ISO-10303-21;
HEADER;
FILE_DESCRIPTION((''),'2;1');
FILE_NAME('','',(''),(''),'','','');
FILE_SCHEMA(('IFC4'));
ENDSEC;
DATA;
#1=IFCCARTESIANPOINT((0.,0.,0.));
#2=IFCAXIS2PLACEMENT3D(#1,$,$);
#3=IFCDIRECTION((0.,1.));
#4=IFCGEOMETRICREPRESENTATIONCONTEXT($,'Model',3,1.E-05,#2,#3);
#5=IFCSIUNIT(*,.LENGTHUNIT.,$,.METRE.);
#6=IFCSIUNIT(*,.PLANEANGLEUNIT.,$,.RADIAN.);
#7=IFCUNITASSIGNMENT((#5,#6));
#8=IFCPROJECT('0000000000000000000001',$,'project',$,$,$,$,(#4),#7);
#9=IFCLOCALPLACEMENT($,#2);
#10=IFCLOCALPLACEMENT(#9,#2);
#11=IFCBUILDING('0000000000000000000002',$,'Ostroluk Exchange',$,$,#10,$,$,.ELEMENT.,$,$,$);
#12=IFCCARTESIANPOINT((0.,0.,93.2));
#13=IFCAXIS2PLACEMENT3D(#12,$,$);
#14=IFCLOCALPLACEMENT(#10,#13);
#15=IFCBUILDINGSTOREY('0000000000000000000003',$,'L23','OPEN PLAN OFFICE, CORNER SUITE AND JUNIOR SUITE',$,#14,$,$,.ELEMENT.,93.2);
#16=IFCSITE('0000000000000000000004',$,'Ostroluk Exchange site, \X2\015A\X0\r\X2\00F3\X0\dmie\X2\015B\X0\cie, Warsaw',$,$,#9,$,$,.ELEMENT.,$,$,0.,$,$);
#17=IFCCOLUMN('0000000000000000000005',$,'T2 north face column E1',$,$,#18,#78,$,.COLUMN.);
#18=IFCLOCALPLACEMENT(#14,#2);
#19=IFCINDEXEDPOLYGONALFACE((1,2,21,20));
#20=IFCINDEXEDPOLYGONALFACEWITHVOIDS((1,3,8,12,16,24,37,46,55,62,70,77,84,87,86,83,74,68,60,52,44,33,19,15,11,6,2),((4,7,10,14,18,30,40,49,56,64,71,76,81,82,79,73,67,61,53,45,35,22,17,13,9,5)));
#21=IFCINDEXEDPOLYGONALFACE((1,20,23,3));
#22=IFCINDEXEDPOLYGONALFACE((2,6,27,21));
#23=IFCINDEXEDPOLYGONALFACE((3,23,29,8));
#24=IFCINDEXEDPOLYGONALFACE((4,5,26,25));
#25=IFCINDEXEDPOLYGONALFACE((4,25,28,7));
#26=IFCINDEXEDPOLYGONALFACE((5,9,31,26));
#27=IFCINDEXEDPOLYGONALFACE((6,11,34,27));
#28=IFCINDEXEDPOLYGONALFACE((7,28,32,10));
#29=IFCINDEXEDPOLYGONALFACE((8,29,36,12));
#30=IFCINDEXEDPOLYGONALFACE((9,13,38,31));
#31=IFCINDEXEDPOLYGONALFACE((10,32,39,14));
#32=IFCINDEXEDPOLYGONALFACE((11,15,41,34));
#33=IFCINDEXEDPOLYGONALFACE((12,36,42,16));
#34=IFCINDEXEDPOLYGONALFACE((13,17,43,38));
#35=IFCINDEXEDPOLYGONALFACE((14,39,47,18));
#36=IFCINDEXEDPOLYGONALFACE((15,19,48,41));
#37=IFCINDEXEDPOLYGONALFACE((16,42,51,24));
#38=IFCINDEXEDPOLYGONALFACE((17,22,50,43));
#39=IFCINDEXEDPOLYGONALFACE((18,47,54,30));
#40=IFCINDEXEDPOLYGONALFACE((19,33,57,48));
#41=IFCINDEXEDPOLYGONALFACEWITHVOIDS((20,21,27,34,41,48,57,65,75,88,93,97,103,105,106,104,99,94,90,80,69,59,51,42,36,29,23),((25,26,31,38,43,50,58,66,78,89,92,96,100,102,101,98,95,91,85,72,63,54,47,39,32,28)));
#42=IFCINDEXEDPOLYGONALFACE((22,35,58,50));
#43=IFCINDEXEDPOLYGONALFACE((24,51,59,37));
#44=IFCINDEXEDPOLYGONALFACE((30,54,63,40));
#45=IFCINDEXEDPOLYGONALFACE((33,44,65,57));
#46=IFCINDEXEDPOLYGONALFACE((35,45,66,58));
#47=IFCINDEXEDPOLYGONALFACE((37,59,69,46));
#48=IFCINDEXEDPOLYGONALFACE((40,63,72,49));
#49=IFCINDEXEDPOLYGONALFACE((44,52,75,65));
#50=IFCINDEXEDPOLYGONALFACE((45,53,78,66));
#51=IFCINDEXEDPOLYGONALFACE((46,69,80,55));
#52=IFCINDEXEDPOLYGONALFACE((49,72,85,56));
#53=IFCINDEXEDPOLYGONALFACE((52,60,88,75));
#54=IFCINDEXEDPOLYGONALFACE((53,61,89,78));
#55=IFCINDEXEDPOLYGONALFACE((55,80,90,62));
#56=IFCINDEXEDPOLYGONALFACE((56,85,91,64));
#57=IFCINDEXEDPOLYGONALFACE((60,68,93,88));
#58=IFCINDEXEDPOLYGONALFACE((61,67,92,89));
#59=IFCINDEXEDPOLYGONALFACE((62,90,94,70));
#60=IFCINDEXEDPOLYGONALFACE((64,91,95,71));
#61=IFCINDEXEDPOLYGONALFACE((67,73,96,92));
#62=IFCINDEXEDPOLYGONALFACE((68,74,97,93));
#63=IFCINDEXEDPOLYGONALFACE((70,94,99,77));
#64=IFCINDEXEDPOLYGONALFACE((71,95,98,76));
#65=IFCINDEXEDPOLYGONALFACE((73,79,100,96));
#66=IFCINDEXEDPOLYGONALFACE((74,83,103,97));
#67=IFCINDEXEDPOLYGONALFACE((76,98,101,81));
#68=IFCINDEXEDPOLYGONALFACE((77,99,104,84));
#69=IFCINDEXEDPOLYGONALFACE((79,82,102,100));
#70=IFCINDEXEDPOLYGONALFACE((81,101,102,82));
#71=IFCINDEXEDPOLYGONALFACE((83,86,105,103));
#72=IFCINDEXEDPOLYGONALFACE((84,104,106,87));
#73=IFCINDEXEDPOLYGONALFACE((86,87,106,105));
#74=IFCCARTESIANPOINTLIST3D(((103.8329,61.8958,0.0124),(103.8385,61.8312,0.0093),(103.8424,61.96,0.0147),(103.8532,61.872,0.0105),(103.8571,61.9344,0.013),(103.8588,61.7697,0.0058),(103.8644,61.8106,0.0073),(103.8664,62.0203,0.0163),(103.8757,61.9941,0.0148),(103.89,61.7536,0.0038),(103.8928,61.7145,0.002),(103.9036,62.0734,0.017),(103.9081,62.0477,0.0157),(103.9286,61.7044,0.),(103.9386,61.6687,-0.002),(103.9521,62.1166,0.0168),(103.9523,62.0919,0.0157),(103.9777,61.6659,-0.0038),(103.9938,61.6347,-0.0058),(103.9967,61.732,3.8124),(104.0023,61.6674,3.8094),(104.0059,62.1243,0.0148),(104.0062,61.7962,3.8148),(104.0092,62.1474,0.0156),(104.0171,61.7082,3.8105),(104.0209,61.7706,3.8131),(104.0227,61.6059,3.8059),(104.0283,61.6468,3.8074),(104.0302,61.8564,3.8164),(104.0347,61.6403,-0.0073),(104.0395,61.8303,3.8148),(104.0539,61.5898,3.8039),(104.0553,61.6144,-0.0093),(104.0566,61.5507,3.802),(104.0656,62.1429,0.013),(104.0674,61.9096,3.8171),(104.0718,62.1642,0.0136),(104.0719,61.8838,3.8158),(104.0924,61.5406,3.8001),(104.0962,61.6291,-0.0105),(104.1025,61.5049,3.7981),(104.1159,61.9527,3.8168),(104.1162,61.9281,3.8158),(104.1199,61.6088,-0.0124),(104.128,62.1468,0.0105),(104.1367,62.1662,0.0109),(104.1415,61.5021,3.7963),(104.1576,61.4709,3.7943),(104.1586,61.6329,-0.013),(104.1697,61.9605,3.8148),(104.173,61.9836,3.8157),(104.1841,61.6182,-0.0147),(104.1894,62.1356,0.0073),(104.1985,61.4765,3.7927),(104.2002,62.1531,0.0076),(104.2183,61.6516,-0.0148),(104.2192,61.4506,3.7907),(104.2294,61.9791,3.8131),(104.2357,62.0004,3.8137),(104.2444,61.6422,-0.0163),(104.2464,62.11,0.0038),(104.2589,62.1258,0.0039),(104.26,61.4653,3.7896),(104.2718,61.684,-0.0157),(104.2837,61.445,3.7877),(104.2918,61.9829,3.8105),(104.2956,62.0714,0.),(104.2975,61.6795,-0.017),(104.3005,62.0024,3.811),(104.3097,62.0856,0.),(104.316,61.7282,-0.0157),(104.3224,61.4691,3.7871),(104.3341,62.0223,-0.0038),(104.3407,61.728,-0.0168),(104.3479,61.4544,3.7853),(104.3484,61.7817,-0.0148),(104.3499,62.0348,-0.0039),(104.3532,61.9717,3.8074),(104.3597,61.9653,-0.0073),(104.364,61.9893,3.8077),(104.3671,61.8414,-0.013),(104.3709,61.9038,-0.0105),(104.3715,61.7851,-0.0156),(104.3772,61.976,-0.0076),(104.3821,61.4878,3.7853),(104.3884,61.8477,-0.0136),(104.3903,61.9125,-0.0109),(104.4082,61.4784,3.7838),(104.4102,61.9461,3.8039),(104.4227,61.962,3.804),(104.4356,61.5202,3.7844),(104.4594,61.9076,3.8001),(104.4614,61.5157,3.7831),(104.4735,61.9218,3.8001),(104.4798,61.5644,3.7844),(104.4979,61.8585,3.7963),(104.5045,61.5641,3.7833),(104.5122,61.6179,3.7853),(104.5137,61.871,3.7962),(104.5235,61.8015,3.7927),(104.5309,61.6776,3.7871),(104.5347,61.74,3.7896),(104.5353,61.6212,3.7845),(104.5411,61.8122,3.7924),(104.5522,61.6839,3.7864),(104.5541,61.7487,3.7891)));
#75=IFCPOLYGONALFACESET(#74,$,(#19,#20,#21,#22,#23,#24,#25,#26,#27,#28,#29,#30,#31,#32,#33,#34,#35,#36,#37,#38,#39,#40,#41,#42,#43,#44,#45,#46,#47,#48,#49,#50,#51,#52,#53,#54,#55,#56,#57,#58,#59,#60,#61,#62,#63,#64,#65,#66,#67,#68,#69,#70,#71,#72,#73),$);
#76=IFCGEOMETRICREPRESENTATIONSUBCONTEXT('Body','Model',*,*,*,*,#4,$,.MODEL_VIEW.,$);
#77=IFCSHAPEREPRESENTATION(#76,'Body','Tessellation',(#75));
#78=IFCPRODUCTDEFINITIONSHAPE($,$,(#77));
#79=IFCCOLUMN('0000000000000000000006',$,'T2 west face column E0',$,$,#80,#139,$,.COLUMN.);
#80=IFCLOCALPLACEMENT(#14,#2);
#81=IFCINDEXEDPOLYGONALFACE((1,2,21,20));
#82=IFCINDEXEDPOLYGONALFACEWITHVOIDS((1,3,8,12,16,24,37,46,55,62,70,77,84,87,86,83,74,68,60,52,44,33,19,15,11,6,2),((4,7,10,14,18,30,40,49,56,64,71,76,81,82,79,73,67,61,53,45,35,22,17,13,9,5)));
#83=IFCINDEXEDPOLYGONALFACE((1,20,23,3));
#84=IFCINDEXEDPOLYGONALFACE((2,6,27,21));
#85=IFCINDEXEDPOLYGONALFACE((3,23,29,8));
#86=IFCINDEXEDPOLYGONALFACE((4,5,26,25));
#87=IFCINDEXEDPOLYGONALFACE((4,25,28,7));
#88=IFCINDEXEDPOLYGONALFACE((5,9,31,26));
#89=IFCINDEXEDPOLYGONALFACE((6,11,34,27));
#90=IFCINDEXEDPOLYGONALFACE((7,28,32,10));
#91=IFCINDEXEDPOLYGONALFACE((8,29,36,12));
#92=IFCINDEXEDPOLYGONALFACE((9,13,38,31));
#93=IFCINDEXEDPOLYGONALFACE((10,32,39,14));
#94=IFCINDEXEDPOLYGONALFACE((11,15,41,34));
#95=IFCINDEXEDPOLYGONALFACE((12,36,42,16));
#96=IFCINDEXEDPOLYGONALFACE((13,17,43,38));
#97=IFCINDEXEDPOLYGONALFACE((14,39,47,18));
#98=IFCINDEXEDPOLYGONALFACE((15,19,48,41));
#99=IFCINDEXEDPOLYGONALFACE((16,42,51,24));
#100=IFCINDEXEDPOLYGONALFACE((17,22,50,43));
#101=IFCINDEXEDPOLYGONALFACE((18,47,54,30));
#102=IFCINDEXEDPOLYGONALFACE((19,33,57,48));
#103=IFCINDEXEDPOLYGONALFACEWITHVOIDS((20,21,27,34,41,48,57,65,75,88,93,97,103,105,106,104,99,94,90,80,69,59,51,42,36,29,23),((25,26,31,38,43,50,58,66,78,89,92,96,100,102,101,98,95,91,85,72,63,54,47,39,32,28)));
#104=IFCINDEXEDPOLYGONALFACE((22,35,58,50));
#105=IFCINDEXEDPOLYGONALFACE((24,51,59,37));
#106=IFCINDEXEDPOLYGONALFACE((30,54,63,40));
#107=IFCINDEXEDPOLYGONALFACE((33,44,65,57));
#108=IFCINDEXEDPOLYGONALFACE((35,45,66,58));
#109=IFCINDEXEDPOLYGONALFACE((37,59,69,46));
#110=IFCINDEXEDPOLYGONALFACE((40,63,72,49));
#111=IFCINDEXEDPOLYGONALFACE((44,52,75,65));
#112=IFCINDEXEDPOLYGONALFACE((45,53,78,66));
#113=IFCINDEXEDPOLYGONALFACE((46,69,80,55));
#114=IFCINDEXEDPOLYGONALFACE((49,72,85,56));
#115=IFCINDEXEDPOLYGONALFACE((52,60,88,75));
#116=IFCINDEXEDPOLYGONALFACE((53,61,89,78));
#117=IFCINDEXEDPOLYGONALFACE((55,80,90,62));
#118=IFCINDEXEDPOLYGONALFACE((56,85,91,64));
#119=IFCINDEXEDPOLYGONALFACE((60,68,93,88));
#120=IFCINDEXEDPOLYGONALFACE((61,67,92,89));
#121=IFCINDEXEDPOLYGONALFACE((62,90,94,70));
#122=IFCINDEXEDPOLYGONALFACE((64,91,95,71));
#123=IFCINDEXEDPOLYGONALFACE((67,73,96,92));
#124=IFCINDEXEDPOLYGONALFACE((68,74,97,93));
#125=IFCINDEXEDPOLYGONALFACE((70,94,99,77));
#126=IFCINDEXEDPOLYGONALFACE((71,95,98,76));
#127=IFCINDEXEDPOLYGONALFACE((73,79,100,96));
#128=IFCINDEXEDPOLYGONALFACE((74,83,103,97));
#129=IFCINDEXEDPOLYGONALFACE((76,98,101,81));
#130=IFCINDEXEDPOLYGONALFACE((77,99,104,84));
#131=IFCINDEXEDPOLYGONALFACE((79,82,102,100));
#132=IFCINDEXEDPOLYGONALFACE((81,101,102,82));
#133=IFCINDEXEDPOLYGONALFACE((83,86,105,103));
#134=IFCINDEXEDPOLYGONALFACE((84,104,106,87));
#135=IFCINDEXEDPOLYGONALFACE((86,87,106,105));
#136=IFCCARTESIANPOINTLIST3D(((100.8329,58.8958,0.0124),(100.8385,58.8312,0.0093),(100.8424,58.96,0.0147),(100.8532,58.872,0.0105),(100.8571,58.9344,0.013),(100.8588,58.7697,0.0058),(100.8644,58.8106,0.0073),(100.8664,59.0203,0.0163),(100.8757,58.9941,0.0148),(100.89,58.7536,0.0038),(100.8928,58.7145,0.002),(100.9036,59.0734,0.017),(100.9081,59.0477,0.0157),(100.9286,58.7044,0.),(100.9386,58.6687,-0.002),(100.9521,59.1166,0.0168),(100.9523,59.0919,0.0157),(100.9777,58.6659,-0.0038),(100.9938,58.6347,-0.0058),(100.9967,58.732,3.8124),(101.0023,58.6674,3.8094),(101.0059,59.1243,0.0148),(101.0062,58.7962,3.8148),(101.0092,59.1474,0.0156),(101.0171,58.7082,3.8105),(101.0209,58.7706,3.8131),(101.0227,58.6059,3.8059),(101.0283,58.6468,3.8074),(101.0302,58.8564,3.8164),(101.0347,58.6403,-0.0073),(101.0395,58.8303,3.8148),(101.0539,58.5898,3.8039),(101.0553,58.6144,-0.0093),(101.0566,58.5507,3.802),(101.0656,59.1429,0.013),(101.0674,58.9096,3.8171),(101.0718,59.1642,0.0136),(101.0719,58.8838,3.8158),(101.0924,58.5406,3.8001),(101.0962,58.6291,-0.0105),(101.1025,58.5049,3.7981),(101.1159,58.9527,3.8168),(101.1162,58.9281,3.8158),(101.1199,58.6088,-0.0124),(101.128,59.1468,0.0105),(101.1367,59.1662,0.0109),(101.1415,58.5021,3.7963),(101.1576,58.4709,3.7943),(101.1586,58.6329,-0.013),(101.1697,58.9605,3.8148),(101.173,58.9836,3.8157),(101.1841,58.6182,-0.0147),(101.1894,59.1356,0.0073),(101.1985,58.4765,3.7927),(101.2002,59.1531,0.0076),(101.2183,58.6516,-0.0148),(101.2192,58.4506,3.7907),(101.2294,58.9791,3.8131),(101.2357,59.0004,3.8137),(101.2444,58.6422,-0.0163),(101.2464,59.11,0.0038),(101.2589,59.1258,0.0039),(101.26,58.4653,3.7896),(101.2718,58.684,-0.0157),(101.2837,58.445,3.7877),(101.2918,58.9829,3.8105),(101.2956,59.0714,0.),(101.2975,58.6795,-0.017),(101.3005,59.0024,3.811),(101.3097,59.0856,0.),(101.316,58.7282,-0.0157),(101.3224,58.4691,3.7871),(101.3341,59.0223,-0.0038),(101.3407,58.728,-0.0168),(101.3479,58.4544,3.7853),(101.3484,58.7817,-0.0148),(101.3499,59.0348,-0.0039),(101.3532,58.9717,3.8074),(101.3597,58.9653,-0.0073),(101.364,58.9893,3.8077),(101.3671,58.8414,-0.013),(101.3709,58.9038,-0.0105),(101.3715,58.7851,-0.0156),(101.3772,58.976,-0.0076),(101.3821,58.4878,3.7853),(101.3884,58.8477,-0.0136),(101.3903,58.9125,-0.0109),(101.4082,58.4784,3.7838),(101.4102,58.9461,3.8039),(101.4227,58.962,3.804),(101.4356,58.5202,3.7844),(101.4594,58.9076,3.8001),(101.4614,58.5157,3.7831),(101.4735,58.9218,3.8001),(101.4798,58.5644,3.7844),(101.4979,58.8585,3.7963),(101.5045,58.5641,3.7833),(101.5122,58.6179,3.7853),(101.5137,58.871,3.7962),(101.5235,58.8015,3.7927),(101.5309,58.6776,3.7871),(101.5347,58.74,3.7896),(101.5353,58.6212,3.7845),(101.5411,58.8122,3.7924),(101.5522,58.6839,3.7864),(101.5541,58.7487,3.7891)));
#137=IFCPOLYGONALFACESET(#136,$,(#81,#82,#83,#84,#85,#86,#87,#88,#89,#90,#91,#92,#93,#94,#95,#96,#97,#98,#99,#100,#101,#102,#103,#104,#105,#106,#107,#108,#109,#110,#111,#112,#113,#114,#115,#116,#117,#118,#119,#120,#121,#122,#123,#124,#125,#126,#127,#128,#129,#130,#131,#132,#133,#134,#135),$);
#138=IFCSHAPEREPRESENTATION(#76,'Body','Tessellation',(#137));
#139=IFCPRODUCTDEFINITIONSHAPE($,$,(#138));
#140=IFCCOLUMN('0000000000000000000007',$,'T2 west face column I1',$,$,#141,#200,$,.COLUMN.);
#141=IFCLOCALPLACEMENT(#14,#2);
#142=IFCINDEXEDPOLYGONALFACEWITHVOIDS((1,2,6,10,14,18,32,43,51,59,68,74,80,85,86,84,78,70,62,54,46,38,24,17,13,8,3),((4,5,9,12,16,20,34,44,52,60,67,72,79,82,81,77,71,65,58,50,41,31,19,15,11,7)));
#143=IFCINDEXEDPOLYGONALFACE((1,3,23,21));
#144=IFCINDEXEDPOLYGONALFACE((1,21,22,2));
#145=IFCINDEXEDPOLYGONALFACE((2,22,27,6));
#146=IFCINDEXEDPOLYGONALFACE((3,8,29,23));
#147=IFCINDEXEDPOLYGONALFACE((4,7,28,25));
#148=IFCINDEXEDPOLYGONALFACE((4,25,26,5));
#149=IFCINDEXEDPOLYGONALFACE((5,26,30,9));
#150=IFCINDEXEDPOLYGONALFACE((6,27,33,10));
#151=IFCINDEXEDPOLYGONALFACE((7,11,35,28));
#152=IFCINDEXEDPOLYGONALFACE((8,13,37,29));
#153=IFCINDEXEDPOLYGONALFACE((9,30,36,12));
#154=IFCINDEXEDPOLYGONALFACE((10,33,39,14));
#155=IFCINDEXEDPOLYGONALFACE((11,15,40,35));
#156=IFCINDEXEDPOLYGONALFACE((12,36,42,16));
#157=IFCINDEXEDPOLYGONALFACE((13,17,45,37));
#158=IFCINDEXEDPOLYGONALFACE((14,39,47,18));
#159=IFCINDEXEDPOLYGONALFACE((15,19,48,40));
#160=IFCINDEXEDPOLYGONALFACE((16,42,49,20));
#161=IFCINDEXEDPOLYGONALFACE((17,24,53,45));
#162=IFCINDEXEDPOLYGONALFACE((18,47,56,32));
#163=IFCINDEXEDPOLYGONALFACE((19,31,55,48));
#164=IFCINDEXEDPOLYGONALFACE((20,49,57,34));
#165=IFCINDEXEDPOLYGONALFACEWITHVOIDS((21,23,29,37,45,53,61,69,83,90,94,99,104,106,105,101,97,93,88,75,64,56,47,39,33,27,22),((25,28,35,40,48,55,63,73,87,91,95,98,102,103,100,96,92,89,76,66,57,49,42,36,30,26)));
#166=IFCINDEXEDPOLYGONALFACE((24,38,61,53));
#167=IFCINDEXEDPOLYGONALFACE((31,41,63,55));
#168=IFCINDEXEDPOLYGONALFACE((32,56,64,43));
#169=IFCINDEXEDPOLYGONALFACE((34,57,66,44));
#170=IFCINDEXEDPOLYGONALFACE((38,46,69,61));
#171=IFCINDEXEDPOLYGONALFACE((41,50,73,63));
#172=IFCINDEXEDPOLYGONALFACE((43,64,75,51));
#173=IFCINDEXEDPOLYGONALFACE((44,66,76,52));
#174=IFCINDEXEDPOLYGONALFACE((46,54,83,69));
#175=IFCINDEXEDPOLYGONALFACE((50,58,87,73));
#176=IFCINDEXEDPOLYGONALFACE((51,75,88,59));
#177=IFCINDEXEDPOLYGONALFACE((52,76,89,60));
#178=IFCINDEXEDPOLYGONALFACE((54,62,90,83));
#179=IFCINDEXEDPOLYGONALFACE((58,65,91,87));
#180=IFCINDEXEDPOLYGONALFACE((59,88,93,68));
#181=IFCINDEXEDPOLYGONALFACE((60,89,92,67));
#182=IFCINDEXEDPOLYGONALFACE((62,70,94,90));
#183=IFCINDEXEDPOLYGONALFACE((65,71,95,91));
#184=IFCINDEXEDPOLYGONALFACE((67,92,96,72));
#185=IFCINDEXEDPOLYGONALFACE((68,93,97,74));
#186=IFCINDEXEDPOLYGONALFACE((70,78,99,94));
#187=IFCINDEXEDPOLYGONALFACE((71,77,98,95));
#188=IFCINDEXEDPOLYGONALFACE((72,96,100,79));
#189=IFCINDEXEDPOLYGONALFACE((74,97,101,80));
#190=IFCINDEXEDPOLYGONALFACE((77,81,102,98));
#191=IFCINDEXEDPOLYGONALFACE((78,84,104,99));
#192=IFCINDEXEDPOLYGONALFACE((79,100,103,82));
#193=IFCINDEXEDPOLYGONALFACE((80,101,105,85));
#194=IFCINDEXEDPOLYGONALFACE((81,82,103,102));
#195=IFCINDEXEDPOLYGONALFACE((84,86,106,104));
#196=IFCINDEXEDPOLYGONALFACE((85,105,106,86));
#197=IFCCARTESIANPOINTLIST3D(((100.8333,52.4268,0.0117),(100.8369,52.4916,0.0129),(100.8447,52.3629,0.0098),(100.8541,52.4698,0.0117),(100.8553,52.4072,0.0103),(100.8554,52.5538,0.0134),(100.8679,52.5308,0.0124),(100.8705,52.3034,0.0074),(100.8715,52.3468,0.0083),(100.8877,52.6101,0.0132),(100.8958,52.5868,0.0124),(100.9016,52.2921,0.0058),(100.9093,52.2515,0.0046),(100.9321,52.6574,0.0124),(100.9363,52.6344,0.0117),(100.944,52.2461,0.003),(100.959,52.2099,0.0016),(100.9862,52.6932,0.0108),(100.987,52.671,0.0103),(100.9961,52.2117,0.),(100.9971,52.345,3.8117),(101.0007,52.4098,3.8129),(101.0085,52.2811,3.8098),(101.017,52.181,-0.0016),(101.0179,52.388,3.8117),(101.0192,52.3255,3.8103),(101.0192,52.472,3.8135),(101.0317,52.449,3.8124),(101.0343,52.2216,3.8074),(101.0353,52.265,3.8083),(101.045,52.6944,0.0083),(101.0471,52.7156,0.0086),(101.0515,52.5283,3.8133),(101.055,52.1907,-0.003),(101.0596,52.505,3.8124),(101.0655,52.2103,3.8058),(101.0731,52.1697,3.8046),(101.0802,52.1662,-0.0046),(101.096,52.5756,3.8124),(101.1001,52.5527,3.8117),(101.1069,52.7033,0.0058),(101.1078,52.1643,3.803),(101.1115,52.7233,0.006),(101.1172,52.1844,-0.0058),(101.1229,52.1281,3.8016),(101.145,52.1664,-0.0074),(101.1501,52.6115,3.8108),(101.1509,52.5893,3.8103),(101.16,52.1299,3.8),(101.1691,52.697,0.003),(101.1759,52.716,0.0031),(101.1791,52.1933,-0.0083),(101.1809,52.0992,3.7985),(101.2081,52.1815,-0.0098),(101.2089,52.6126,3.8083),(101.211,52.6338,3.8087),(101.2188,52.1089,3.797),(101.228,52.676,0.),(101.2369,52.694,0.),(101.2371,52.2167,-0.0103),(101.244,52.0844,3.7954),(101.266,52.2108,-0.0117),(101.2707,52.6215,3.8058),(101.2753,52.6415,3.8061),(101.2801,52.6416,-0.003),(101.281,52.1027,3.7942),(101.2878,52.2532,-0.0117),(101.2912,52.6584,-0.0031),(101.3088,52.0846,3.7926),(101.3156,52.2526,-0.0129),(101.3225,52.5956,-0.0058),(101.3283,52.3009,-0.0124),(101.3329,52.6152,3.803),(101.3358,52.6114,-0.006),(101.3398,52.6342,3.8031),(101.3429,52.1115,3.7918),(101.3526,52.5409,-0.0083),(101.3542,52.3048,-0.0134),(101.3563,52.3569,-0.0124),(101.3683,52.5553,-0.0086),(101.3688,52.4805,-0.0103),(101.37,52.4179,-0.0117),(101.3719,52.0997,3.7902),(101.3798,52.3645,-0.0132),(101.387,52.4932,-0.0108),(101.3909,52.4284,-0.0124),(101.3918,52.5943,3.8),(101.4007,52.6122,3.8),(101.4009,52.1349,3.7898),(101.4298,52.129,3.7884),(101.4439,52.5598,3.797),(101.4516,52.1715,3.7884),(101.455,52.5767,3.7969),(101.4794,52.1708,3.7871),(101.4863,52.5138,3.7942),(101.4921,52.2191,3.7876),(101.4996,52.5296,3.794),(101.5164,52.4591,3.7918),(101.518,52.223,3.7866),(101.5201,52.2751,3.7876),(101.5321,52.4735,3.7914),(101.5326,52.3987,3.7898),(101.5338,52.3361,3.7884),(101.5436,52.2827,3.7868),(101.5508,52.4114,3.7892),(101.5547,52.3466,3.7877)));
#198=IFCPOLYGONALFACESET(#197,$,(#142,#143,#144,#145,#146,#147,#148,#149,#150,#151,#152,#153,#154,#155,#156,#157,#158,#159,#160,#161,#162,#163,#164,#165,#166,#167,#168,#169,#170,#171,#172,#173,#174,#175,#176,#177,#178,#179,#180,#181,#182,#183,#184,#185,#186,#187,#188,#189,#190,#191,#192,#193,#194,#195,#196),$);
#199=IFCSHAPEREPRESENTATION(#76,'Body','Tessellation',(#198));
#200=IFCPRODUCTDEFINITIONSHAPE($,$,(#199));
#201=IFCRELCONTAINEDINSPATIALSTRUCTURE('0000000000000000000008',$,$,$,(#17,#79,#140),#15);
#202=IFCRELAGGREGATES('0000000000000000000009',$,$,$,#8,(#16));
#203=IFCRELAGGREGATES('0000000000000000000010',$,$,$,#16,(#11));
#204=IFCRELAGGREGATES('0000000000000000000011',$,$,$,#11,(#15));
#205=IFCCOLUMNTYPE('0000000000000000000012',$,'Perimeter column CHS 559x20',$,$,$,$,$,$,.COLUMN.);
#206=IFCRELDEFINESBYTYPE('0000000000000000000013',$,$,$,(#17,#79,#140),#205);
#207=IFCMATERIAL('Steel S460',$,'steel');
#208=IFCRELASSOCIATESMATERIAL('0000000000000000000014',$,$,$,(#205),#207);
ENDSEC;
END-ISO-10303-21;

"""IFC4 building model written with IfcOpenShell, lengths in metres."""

from ifc_helpers import new_model, si_unit, direction, frame, origin, origin_2d, place, context, subcontext, project, spatial, hollow_circle, extrude, material, material_profile, profile_set, type_object, element, save


model = new_model("IFC4")

# Units and contexts
model_context = context("Model", 3, precision=1e-05, world=origin(), true_north=direction((0.0, 1.0)))
body_context = subcontext(model_context, "Body", "Model", "MODEL_VIEW")
ifc_project = project(units=[si_unit("LENGTHUNIT", "METRE"), si_unit("PLANEANGLEUNIT", "RADIAN")], contexts=[model_context])

# Site, building, storey
site_placement = place(None, origin())
site = spatial("IfcSite", under=ifc_project, at=site_placement, Name="Ostroluk Exchange site, Śródmieście, Warsaw", CompositionType="ELEMENT", RefElevation=0.0)
building_placement = place(site_placement, origin())
building = spatial("IfcBuilding", under=site, at=building_placement, Name="Ostroluk Exchange", CompositionType="ELEMENT")
storey_placement = place(building_placement, frame((0.0, 0.0, 93.2)))
storey = spatial("IfcBuildingStorey", under=building, at=storey_placement, Name="L23", Description="OPEN PLAN OFFICE, CORNER SUITE AND JUNIOR SUITE", CompositionType="ELEMENT", Elevation=93.2)

# Columns
ifc_material_1 = material(Name="Steel S460", Category="steel")
ifc_material_profile_1 = material_profile(ifc_material_1, hollow_circle(Radius=0.2795, WallThickness=0.02, at=origin_2d()), Name="CHS 559x20")
ifc_profile_set_1 = profile_set([ifc_material_profile_1], Name="Steel S460")
column_type = type_object("IfcColumnType", Name="Perimeter column CHS 559x20", PredefinedType="COLUMN", material=ifc_profile_set_1)
for number, where, z_axis, x_axis, name in (
    (1, (104.1121, 61.8879, 0.0), (0.04303, -0.04303, 0.998147), (0.707107, 0.707107, 0.0), "T2 north face column E1"),
    (2, (101.1121, 58.8879, 0.0), (0.04303, -0.04303, 0.998147), (0.707107, 0.707107, 0.0), "T2 west face column E0"),
):
    element("IfcColumn", number, at=place(storey_placement, frame(where, z_axis=z_axis, x_axis=x_axis)), inside=storey, type_object=column_type, Name=name, PredefinedType="COLUMN", context=body_context, shape_type="SweptSolid", body=[
        extrude(hollow_circle(Radius=0.2795, WallThickness=0.02, at=origin_2d()), origin(), (0.0, 0.0, 1.0), 3.8071),
    ])
column_placement = place(storey_placement, frame((101.1121, 52.4438, 0.0), z_axis=(0.04306, -0.021498, 0.998841), x_axis=(0.44668, 0.894694, 0.0)))
element("IfcColumn", 3, at=column_placement, inside=storey, type_object=column_type, Name="T2 west face column I1", PredefinedType="COLUMN", context=body_context, shape_type="SweptSolid", body=[
    extrude(hollow_circle(Radius=0.2795, WallThickness=0.02, at=origin_2d()), origin(), (0.0, 0.0, 1.0), 3.8044),
])

save(model, "model.ifc")
